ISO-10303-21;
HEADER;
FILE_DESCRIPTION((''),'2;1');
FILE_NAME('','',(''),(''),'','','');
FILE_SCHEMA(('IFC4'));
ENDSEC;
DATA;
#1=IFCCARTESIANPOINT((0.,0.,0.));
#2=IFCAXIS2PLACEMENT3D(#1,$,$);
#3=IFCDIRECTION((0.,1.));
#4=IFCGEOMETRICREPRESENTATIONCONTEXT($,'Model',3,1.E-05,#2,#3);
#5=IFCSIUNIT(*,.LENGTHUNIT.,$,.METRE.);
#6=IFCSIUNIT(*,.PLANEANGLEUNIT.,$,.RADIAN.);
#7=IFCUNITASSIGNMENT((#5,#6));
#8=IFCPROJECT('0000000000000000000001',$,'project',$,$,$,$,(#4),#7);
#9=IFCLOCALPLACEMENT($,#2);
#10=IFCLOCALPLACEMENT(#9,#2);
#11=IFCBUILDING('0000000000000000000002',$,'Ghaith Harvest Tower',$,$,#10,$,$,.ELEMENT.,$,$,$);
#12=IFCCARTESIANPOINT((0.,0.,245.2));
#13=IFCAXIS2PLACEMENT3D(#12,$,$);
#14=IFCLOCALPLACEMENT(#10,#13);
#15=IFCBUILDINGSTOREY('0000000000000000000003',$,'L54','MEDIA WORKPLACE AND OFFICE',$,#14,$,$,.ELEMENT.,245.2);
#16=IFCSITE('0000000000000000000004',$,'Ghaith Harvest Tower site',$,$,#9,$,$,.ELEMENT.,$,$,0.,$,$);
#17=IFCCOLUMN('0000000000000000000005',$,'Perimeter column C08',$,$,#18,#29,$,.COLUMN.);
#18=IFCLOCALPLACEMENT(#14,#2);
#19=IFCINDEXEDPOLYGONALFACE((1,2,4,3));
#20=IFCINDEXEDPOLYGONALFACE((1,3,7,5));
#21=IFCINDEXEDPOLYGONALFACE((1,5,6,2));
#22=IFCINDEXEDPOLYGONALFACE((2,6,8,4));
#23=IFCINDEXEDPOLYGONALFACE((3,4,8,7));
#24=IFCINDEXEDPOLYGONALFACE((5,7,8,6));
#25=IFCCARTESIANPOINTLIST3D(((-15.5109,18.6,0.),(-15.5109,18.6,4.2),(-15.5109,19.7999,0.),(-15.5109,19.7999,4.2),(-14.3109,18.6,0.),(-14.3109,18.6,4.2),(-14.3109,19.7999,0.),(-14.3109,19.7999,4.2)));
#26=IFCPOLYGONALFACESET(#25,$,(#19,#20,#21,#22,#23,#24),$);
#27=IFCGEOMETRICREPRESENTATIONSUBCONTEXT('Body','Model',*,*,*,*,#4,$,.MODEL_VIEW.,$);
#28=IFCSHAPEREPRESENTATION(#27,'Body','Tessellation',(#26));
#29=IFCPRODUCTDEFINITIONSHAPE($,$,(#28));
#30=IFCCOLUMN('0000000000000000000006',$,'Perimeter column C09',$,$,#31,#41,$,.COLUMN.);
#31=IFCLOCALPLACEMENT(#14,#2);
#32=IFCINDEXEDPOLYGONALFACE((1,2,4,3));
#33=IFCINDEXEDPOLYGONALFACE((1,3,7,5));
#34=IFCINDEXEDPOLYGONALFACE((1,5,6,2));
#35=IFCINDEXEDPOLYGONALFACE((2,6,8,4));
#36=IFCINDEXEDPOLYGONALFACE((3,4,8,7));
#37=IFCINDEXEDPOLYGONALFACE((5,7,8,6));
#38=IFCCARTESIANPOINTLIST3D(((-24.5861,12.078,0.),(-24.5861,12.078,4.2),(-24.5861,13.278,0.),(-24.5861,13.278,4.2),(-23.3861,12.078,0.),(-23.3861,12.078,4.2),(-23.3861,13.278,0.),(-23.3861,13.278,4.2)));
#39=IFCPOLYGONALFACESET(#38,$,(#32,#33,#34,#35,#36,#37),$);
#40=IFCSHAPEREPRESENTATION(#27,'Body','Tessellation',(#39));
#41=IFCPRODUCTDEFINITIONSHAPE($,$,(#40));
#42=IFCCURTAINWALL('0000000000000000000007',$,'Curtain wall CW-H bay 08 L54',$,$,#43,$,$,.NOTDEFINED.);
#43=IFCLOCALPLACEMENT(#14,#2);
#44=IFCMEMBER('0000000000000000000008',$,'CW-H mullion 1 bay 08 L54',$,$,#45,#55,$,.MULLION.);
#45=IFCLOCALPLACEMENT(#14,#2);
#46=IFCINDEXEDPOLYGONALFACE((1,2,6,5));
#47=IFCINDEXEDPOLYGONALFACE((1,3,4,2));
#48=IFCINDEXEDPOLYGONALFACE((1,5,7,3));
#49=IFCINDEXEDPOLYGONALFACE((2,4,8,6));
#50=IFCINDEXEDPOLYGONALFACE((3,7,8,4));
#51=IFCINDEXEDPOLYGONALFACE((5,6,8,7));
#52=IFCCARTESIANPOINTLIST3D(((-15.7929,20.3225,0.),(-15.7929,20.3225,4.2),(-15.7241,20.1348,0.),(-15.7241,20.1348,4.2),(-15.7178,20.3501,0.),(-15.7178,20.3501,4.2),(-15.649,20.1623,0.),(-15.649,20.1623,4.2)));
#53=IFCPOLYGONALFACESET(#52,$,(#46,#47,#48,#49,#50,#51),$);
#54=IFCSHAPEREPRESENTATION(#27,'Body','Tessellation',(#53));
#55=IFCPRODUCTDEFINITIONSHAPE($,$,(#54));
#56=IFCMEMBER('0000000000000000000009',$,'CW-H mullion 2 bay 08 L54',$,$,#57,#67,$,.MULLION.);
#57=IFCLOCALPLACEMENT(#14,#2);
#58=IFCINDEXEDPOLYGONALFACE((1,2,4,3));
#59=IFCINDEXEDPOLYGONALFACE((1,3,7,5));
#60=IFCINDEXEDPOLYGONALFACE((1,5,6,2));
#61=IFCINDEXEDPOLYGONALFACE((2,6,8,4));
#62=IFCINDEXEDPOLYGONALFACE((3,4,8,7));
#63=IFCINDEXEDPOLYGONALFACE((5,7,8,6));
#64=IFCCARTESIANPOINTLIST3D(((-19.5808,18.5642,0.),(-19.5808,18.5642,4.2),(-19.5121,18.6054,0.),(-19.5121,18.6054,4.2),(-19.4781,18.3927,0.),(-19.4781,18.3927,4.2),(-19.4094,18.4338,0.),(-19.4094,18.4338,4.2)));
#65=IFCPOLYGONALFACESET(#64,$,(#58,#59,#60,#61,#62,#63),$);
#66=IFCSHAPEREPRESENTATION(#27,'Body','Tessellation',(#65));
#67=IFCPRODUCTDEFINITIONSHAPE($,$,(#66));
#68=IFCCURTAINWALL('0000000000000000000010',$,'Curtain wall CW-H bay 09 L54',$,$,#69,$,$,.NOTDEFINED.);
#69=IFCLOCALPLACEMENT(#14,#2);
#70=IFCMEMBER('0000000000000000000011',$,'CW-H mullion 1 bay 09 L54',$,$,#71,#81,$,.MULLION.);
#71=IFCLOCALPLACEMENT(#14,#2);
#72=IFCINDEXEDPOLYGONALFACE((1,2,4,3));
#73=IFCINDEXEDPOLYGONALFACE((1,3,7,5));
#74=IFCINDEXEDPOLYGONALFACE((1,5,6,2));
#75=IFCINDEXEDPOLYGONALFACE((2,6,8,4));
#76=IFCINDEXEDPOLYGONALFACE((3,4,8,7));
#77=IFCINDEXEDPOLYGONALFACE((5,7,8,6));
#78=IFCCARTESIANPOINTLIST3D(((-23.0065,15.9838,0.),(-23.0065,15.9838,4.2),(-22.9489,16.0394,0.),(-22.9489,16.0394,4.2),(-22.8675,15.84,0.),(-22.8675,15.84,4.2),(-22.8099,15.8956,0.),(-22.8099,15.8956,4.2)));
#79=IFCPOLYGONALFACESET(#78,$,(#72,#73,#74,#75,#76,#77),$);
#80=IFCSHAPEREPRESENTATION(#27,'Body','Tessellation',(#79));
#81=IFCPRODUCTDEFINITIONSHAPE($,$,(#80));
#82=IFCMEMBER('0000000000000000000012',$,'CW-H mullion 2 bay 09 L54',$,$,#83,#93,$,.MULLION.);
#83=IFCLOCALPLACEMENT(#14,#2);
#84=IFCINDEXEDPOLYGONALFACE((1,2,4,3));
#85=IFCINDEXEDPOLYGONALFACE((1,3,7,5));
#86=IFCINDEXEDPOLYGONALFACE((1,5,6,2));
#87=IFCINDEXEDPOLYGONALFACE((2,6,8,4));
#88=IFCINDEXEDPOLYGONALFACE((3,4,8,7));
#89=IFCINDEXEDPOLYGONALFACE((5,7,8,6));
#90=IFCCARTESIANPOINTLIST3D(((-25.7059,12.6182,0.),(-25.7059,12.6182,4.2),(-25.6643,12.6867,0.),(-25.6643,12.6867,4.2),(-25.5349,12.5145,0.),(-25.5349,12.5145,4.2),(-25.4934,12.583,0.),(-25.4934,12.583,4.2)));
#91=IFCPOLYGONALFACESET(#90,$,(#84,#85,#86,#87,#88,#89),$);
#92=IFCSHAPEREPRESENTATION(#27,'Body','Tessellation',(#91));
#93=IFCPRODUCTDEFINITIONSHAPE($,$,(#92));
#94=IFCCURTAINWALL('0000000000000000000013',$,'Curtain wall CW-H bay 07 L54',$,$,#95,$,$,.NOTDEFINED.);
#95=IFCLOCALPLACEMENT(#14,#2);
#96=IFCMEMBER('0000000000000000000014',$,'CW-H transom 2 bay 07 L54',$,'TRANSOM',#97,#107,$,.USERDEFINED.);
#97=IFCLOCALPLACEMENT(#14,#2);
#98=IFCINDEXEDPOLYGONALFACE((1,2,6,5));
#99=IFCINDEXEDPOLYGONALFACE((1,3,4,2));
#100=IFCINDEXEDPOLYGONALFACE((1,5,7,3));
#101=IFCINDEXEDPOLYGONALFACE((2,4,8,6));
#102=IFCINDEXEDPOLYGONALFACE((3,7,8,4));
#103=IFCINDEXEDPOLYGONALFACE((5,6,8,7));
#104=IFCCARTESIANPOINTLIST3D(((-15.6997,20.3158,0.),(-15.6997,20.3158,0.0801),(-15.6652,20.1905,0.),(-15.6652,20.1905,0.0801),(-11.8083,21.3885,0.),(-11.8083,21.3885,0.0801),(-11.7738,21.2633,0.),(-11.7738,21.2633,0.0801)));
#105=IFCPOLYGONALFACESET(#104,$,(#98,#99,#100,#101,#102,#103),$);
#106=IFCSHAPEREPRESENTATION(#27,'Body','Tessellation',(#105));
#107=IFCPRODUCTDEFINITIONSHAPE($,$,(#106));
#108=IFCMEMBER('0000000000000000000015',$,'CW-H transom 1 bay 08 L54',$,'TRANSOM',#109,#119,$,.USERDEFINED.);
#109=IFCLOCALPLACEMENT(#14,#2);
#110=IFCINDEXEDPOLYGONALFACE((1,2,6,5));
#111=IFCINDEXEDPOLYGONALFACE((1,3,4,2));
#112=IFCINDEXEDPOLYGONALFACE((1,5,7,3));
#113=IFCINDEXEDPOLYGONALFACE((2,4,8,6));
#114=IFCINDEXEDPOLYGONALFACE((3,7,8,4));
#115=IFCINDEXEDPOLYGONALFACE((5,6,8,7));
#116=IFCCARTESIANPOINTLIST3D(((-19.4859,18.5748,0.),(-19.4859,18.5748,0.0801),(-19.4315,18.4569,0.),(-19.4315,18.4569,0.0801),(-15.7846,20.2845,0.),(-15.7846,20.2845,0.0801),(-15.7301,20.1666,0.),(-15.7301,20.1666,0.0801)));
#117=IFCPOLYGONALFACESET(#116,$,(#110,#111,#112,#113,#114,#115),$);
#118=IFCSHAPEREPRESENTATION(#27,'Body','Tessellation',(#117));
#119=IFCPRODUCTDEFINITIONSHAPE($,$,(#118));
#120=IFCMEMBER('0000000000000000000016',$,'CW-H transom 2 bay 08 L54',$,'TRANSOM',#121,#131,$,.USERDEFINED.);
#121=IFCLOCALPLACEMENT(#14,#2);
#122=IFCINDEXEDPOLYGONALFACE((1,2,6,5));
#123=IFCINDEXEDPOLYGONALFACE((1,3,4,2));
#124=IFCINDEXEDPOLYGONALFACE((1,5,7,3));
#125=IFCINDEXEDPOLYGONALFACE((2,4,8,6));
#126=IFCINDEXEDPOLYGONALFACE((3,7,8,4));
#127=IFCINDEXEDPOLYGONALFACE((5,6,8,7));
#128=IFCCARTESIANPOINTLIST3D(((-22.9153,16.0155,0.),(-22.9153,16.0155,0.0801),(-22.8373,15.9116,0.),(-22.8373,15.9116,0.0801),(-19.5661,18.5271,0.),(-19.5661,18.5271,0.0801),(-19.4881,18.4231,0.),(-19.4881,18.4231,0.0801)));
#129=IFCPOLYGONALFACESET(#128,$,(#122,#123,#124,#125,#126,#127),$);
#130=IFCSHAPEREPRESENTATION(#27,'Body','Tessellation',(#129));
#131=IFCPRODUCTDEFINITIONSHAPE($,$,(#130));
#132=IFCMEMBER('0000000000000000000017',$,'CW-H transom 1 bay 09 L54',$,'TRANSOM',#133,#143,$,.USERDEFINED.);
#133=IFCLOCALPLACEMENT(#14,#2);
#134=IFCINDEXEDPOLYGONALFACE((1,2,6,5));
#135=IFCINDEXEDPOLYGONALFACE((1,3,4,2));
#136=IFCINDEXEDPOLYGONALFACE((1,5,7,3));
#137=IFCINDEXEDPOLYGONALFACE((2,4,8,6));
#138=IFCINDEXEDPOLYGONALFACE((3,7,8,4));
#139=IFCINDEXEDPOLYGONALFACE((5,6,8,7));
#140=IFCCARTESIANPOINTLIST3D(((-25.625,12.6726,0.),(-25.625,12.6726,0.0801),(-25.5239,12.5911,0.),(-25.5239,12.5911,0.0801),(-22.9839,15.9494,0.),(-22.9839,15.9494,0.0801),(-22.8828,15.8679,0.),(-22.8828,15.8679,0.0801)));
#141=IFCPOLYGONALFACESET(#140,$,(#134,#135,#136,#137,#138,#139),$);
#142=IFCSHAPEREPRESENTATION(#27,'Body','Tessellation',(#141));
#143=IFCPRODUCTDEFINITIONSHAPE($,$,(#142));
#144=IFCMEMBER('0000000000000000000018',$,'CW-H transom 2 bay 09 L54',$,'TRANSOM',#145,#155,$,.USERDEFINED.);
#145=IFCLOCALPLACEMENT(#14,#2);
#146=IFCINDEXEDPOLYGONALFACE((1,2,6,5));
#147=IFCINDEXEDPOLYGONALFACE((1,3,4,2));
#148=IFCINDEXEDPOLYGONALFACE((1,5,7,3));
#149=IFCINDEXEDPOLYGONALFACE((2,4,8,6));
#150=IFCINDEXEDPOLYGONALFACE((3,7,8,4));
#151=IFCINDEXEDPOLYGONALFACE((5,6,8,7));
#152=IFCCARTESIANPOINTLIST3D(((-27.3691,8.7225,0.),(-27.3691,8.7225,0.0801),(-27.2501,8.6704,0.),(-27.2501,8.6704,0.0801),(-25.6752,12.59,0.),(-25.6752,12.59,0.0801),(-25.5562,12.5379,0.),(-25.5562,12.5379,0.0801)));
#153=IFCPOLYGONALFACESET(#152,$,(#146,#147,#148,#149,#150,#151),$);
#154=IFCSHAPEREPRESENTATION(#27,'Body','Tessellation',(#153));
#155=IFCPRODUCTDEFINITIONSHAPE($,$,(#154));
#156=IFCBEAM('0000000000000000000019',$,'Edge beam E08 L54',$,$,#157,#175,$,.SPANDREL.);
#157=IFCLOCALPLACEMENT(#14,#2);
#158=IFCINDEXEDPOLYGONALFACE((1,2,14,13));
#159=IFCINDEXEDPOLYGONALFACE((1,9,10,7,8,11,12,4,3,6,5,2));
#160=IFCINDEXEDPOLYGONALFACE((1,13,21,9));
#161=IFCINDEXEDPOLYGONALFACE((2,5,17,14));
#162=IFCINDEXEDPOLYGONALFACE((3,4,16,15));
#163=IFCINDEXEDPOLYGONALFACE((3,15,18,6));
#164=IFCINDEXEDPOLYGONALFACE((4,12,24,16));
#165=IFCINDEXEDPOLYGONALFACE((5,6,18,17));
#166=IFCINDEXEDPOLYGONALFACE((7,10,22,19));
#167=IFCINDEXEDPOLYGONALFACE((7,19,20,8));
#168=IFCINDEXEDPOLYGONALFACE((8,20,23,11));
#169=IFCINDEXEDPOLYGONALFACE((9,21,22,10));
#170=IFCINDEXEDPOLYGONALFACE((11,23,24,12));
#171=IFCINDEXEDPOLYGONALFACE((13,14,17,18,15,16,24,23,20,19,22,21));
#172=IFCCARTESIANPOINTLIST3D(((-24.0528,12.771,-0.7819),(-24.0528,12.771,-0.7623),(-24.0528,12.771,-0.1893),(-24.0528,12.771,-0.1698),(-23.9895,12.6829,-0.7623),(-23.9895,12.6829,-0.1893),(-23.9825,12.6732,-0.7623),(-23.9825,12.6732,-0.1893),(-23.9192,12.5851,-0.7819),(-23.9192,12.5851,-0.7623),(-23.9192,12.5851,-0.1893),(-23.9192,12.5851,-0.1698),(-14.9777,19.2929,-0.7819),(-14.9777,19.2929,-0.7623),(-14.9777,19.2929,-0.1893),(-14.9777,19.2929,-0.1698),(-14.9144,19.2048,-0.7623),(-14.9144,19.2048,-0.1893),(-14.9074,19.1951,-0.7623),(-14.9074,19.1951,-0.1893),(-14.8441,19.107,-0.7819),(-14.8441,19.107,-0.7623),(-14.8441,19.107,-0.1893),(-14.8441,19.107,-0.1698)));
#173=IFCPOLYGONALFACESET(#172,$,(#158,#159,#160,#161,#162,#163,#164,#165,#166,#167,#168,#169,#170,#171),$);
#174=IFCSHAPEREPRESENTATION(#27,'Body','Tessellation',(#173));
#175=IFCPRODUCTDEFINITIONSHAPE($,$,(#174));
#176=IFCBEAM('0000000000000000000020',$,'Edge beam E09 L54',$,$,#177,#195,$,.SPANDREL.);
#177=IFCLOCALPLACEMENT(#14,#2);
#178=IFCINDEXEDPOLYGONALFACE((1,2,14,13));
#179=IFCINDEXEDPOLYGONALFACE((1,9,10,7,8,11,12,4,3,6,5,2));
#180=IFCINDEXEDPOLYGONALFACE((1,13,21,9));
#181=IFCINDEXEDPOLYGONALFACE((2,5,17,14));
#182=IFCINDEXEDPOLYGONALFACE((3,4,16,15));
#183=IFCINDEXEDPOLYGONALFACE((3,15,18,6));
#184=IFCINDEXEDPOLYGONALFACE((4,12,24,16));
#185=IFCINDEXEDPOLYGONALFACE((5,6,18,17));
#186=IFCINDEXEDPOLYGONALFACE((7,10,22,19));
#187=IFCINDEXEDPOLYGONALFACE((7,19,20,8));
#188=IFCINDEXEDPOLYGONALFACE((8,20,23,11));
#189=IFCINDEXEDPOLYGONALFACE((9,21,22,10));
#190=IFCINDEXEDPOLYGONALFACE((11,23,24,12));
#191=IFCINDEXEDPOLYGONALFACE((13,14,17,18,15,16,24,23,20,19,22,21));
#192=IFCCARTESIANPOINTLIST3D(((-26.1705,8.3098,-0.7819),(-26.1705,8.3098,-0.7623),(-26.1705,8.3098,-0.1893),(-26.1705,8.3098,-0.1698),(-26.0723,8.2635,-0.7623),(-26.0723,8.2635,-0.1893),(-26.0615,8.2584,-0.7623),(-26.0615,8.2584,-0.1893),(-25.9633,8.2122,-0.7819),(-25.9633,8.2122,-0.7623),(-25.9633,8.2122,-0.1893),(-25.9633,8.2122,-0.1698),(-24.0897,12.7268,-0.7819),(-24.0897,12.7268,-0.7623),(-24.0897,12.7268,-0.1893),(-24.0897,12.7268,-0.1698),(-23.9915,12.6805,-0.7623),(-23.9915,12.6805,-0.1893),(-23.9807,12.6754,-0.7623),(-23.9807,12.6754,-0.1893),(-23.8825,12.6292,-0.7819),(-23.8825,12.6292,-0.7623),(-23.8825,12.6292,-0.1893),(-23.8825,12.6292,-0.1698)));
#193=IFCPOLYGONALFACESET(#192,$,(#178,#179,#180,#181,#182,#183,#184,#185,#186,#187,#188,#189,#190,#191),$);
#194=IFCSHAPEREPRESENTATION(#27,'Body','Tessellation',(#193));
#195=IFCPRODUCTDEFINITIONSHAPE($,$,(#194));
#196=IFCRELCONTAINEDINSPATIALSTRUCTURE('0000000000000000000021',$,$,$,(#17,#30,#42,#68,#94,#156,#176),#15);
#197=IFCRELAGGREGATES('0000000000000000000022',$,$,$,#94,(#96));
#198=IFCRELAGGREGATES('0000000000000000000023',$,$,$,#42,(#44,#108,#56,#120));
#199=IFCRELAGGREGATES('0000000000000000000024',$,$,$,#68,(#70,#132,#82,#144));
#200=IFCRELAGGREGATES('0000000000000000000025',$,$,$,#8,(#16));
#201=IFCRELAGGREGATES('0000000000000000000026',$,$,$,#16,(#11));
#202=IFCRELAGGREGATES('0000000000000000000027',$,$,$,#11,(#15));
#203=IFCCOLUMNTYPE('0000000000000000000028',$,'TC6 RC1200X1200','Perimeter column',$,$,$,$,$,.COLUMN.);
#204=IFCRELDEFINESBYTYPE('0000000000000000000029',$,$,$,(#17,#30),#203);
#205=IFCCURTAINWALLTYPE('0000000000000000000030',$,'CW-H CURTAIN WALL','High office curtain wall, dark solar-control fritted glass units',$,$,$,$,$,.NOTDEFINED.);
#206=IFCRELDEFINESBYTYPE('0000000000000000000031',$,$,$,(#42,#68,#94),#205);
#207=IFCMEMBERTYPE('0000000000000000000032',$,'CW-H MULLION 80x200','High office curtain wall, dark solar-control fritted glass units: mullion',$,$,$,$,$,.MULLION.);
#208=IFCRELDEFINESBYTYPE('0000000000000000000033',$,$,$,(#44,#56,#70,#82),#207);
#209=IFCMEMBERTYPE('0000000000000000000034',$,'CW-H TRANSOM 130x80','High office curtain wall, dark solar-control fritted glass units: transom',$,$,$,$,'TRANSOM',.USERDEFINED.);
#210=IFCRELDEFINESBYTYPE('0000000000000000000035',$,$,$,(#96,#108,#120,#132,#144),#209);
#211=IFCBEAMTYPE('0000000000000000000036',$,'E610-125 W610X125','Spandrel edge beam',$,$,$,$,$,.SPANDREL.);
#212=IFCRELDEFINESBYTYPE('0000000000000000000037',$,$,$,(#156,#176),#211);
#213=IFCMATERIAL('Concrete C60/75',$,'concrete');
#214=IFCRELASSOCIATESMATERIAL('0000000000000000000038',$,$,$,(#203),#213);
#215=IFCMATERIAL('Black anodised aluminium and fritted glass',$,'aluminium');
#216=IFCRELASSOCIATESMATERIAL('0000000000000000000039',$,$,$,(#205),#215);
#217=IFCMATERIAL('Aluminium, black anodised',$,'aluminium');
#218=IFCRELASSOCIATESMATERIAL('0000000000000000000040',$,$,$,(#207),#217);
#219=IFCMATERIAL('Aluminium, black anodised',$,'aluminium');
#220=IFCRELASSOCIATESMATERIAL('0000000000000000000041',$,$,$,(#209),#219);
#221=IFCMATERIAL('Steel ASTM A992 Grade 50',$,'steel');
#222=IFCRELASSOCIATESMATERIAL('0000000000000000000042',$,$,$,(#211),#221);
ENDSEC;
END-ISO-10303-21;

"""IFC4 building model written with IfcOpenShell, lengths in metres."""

from ifc_helpers import new_model, si_unit, direction, frame, origin, origin_2d, place, context, subcontext, project, spatial, rectangle, i_section, extrude, material, material_profile, profile_set, type_object, element, aggregate, save


model = new_model("IFC4")

# Units and contexts
model_context = context("Model", 3, precision=1e-05, world=origin(), true_north=direction((0.0, 1.0)))
body_context = subcontext(model_context, "Body", "Model", "MODEL_VIEW")
ifc_project = project(units=[si_unit("LENGTHUNIT", "METRE"), si_unit("PLANEANGLEUNIT", "RADIAN")], contexts=[model_context])

# Site, building, storey
site_placement = place(None, origin())
site = spatial("IfcSite", under=ifc_project, at=site_placement, Name="Ghaith Harvest Tower site", CompositionType="ELEMENT", RefElevation=0.0)
building_placement = place(site_placement, origin())
building = spatial("IfcBuilding", under=site, at=building_placement, Name="Ghaith Harvest Tower", CompositionType="ELEMENT")
storey_placement = place(building_placement, frame((0.0, 0.0, 245.2)))
storey = spatial("IfcBuildingStorey", under=building, at=storey_placement, Name="L54", Description="MEDIA WORKPLACE AND OFFICE", CompositionType="ELEMENT", Elevation=245.2)

# Columns
ifc_material_1 = material(Name="Concrete C60/75", Category="concrete")
ifc_material_profile_1 = material_profile(ifc_material_1, rectangle(XDim=1.2, YDim=1.2, at=origin_2d()), Name="RC1200X1200")
ifc_profile_set_1 = profile_set([ifc_material_profile_1], Name="Concrete C60/75")
column_type = type_object("IfcColumnType", Name="TC6 RC1200X1200", Description="Perimeter column", PredefinedType="COLUMN", material=ifc_profile_set_1)
for number, where, z_axis, x_axis, name in (
    (1, (-14.9109, 19.2, 0.0), (0.0, 0.0, 1.0), (1.0, 0.0, 0.0), "Perimeter column C08"),
    (2, (-23.9861, 12.678, 0.0), (0.0, 0.0, 1.0), (1.0, 0.0, 0.0), "Perimeter column C09"),
):
    element("IfcColumn", number, at=place(storey_placement, frame(where, z_axis=z_axis, x_axis=x_axis)), inside=storey, type_object=column_type, Name=name, PredefinedType="COLUMN", context=body_context, shape_type="SweptSolid", body=[
        extrude(rectangle(XDim=1.2, YDim=1.2, at=origin_2d()), origin(), (0.0, 0.0, 1.0), 4.2),
    ])

# Curtain walls, members
ifc_material_2 = material(Name="Black anodised aluminium and fritted glass", Category="aluminium")
curtain_wall_type = type_object("IfcCurtainWallType", Name="CW-H CURTAIN WALL", Description="High office curtain wall, dark solar-control fritted glass units", PredefinedType="NOTDEFINED", material=ifc_material_2)
curtain_wall_1_placement = place(storey_placement, origin())
curtain_wall_1 = element("IfcCurtainWall", 3, at=curtain_wall_1_placement, inside=storey, type_object=curtain_wall_type, Name="Curtain wall CW-H bay 08 L54", PredefinedType="NOTDEFINED")
ifc_material_3 = material(Name="Aluminium, black anodised", Category="aluminium")
ifc_material_profile_2 = material_profile(ifc_material_3, rectangle(XDim=0.0801, YDim=0.2, at=origin_2d()), Name="CW-H MULLION 80x200")
ifc_profile_set_2 = profile_set([ifc_material_profile_2], Name="Aluminium, black anodised")
member_type_1 = type_object("IfcMemberType", Name="CW-H MULLION 80x200", Description="High office curtain wall, dark solar-control fritted glass units: mullion", PredefinedType="MULLION", material=ifc_profile_set_2)
member_1_placement = place(storey_placement, frame((-15.7209, 20.2424, 0.0), z_axis=(0.0, 0.0, 1.0), x_axis=(-0.938931, -0.344106, 0.0)))
member_1 = element("IfcMember", 4, at=member_1_placement, type_object=member_type_1, Name="CW-H mullion 1 bay 08 L54", PredefinedType="MULLION", context=body_context, shape_type="SweptSolid", body=[
    extrude(rectangle(XDim=0.0801, YDim=0.2, at=origin_2d()), origin(), (0.0, 0.0, 1.0), 4.2),
])
member_2_placement = place(storey_placement, frame((-19.4951, 18.499, 0.0), z_axis=(0.0, 0.0, 1.0), x_axis=(-0.857999, -0.513652, 0.0)))
member_2 = element("IfcMember", 5, at=member_2_placement, type_object=member_type_1, Name="CW-H mullion 2 bay 08 L54", PredefinedType="MULLION", context=body_context, shape_type="SweptSolid", body=[
    extrude(rectangle(XDim=0.0801, YDim=0.2, at=origin_2d()), origin(), (0.0, 0.0, 1.0), 4.2),
])
curtain_wall_2_placement = place(storey_placement, origin())
curtain_wall_2 = element("IfcCurtainWall", 6, at=curtain_wall_2_placement, inside=storey, type_object=curtain_wall_type, Name="Curtain wall CW-H bay 09 L54", PredefinedType="NOTDEFINED")
member_3_placement = place(storey_placement, frame((-22.9082, 15.9397, 0.0), z_axis=(0.0, 0.0, 1.0), x_axis=(-0.719146, -0.694859, 0.0)))
member_3 = element("IfcMember", 7, at=member_3_placement, type_object=member_type_1, Name="CW-H mullion 1 bay 09 L54", PredefinedType="MULLION", context=body_context, shape_type="SweptSolid", body=[
    extrude(rectangle(XDim=0.0801, YDim=0.2, at=origin_2d()), origin(), (0.0, 0.0, 1.0), 4.2),
])
member_4_placement = place(storey_placement, frame((-25.5996, 12.6006, 0.0), z_axis=(0.0, 0.0, 1.0), x_axis=(-0.518769, -0.854914, 0.0)))
member_4 = element("IfcMember", 8, at=member_4_placement, type_object=member_type_1, Name="CW-H mullion 2 bay 09 L54", PredefinedType="MULLION", context=body_context, shape_type="SweptSolid", body=[
    extrude(rectangle(XDim=0.0801, YDim=0.2, at=origin_2d()), origin(), (0.0, 0.0, 1.0), 4.2),
])

# Curtain wall, member
curtain_wall_3_placement = place(storey_placement, origin())
curtain_wall_3 = element("IfcCurtainWall", 9, at=curtain_wall_3_placement, inside=storey, type_object=curtain_wall_type, Name="Curtain wall CW-H bay 07 L54", PredefinedType="NOTDEFINED")
ifc_material_4 = material(Name="Aluminium, black anodised", Category="aluminium")
ifc_material_profile_3 = material_profile(ifc_material_4, rectangle(XDim=0.1299, YDim=0.0801, at=origin_2d()), Name="CW-H TRANSOM 130x80")
ifc_profile_set_3 = profile_set([ifc_material_profile_3], Name="Aluminium, black anodised")
member_type_2 = type_object("IfcMemberType", Name="CW-H TRANSOM 130x80", Description="High office curtain wall, dark solar-control fritted glass units: transom", ElementType="TRANSOM", PredefinedType="USERDEFINED", material=ifc_profile_set_3)
member_5_placement = place(storey_placement, frame((-11.791, 21.3259, 0.04), z_axis=(-0.964039, -0.265762, 0.0), x_axis=(0.265762, -0.964039, 0.0)))
member_5 = element("IfcMember", 10, at=member_5_placement, type_object=member_type_2, Name="CW-H transom 2 bay 07 L54", ObjectType="TRANSOM", PredefinedType="USERDEFINED", context=body_context, shape_type="SweptSolid", body=[
    extrude(rectangle(XDim=0.1299, YDim=0.0801, at=origin_2d()), origin(), (0.0, 0.0, 1.0), 4.0366),
])

# Members
member_6_placement = place(storey_placement, frame((-15.7573, 20.2256, 0.04), z_axis=(-0.907831, -0.419335, 0.0), x_axis=(0.419335, -0.907831, 0.0)))
member_6 = element("IfcMember", 11, at=member_6_placement, type_object=member_type_2, Name="CW-H transom 1 bay 08 L54", ObjectType="TRANSOM", PredefinedType="USERDEFINED", context=body_context, shape_type="SweptSolid", body=[
    extrude(rectangle(XDim=0.1299, YDim=0.0801, at=origin_2d()), origin(), (0.0, 0.0, 1.0), 4.0771),
])
member_7_placement = place(storey_placement, frame((-19.5271, 18.4751, 0.04), z_axis=(-0.800042, -0.599944, 0.0), x_axis=(0.599944, -0.800042, 0.0)))
member_7 = element("IfcMember", 12, at=member_7_placement, type_object=member_type_2, Name="CW-H transom 2 bay 08 L54", ObjectType="TRANSOM", PredefinedType="USERDEFINED", context=body_context, shape_type="SweptSolid", body=[
    extrude(rectangle(XDim=0.1299, YDim=0.0801, at=origin_2d()), origin(), (0.0, 0.0, 1.0), 4.1863),
])
member_8_placement = place(storey_placement, frame((-22.9333, 15.9087, 0.04), z_axis=(-0.627535, -0.778589, 0.0), x_axis=(0.778589, -0.627535, 0.0)))
member_8 = element("IfcMember", 13, at=member_8_placement, type_object=member_type_2, Name="CW-H transom 1 bay 09 L54", ObjectType="TRANSOM", PredefinedType="USERDEFINED", context=body_context, shape_type="SweptSolid", body=[
    extrude(rectangle(XDim=0.1299, YDim=0.0801, at=origin_2d()), origin(), (0.0, 0.0, 1.0), 4.2087),
])
member_9_placement = place(storey_placement, frame((-25.6157, 12.564, 0.04), z_axis=(-0.401186, -0.915997, 0.0), x_axis=(0.915997, -0.401186, 0.0)))
member_9 = element("IfcMember", 14, at=member_9_placement, type_object=member_type_2, Name="CW-H transom 2 bay 09 L54", ObjectType="TRANSOM", PredefinedType="USERDEFINED", context=body_context, shape_type="SweptSolid", body=[
    extrude(rectangle(XDim=0.1299, YDim=0.0801, at=origin_2d()), origin(), (0.0, 0.0, 1.0), 4.2222),
])

# Beams
ifc_material_5 = material(Name="Steel ASTM A992 Grade 50", Category="steel")
ifc_material_profile_4 = material_profile(ifc_material_5, i_section(OverallWidth=0.229, OverallDepth=0.6121, WebThickness=0.012, FlangeThickness=0.0195, at=origin_2d()), Name="W610X125")
ifc_profile_set_4 = profile_set([ifc_material_profile_4], Name="Steel ASTM A992 Grade 50")
beam_type = type_object("IfcBeamType", Name="E610-125 W610X125", Description="Spandrel edge beam", PredefinedType="SPANDREL", material=ifc_profile_set_4)
beam_1_placement = place(storey_placement, frame((-14.9109, 19.2, -0.4758), z_axis=(-0.81205, -0.583587, 0.0), x_axis=(0.583587, -0.81205, 0.0)))
element("IfcBeam", 15, at=beam_1_placement, inside=storey, type_object=beam_type, Name="Edge beam E08 L54", PredefinedType="SPANDREL", context=body_context, shape_type="SweptSolid", body=[
    extrude(i_section(OverallWidth=0.229, OverallDepth=0.6121, WebThickness=0.012, FlangeThickness=0.0195, at=origin_2d()), origin(), (0.0, 0.0, 1.0), 11.1755),
])
beam_2_placement = place(storey_placement, frame((-23.9861, 12.678, -0.4758), z_axis=(-0.42617, -0.904643, 0.0), x_axis=(0.904643, -0.42617, 0.0)))
element("IfcBeam", 16, at=beam_2_placement, inside=storey, type_object=beam_type, Name="Edge beam E09 L54", PredefinedType="SPANDREL", context=body_context, shape_type="SweptSolid", body=[
    extrude(i_section(OverallWidth=0.229, OverallDepth=0.6121, WebThickness=0.012, FlangeThickness=0.0195, at=origin_2d()), origin(), (0.0, 0.0, 1.0), 4.8826),
])

aggregate(curtain_wall_3, [member_5])
aggregate(curtain_wall_1, [member_1, member_6, member_2, member_7])
aggregate(curtain_wall_2, [member_3, member_8, member_4, member_9])

save(model, "model.ifc")
